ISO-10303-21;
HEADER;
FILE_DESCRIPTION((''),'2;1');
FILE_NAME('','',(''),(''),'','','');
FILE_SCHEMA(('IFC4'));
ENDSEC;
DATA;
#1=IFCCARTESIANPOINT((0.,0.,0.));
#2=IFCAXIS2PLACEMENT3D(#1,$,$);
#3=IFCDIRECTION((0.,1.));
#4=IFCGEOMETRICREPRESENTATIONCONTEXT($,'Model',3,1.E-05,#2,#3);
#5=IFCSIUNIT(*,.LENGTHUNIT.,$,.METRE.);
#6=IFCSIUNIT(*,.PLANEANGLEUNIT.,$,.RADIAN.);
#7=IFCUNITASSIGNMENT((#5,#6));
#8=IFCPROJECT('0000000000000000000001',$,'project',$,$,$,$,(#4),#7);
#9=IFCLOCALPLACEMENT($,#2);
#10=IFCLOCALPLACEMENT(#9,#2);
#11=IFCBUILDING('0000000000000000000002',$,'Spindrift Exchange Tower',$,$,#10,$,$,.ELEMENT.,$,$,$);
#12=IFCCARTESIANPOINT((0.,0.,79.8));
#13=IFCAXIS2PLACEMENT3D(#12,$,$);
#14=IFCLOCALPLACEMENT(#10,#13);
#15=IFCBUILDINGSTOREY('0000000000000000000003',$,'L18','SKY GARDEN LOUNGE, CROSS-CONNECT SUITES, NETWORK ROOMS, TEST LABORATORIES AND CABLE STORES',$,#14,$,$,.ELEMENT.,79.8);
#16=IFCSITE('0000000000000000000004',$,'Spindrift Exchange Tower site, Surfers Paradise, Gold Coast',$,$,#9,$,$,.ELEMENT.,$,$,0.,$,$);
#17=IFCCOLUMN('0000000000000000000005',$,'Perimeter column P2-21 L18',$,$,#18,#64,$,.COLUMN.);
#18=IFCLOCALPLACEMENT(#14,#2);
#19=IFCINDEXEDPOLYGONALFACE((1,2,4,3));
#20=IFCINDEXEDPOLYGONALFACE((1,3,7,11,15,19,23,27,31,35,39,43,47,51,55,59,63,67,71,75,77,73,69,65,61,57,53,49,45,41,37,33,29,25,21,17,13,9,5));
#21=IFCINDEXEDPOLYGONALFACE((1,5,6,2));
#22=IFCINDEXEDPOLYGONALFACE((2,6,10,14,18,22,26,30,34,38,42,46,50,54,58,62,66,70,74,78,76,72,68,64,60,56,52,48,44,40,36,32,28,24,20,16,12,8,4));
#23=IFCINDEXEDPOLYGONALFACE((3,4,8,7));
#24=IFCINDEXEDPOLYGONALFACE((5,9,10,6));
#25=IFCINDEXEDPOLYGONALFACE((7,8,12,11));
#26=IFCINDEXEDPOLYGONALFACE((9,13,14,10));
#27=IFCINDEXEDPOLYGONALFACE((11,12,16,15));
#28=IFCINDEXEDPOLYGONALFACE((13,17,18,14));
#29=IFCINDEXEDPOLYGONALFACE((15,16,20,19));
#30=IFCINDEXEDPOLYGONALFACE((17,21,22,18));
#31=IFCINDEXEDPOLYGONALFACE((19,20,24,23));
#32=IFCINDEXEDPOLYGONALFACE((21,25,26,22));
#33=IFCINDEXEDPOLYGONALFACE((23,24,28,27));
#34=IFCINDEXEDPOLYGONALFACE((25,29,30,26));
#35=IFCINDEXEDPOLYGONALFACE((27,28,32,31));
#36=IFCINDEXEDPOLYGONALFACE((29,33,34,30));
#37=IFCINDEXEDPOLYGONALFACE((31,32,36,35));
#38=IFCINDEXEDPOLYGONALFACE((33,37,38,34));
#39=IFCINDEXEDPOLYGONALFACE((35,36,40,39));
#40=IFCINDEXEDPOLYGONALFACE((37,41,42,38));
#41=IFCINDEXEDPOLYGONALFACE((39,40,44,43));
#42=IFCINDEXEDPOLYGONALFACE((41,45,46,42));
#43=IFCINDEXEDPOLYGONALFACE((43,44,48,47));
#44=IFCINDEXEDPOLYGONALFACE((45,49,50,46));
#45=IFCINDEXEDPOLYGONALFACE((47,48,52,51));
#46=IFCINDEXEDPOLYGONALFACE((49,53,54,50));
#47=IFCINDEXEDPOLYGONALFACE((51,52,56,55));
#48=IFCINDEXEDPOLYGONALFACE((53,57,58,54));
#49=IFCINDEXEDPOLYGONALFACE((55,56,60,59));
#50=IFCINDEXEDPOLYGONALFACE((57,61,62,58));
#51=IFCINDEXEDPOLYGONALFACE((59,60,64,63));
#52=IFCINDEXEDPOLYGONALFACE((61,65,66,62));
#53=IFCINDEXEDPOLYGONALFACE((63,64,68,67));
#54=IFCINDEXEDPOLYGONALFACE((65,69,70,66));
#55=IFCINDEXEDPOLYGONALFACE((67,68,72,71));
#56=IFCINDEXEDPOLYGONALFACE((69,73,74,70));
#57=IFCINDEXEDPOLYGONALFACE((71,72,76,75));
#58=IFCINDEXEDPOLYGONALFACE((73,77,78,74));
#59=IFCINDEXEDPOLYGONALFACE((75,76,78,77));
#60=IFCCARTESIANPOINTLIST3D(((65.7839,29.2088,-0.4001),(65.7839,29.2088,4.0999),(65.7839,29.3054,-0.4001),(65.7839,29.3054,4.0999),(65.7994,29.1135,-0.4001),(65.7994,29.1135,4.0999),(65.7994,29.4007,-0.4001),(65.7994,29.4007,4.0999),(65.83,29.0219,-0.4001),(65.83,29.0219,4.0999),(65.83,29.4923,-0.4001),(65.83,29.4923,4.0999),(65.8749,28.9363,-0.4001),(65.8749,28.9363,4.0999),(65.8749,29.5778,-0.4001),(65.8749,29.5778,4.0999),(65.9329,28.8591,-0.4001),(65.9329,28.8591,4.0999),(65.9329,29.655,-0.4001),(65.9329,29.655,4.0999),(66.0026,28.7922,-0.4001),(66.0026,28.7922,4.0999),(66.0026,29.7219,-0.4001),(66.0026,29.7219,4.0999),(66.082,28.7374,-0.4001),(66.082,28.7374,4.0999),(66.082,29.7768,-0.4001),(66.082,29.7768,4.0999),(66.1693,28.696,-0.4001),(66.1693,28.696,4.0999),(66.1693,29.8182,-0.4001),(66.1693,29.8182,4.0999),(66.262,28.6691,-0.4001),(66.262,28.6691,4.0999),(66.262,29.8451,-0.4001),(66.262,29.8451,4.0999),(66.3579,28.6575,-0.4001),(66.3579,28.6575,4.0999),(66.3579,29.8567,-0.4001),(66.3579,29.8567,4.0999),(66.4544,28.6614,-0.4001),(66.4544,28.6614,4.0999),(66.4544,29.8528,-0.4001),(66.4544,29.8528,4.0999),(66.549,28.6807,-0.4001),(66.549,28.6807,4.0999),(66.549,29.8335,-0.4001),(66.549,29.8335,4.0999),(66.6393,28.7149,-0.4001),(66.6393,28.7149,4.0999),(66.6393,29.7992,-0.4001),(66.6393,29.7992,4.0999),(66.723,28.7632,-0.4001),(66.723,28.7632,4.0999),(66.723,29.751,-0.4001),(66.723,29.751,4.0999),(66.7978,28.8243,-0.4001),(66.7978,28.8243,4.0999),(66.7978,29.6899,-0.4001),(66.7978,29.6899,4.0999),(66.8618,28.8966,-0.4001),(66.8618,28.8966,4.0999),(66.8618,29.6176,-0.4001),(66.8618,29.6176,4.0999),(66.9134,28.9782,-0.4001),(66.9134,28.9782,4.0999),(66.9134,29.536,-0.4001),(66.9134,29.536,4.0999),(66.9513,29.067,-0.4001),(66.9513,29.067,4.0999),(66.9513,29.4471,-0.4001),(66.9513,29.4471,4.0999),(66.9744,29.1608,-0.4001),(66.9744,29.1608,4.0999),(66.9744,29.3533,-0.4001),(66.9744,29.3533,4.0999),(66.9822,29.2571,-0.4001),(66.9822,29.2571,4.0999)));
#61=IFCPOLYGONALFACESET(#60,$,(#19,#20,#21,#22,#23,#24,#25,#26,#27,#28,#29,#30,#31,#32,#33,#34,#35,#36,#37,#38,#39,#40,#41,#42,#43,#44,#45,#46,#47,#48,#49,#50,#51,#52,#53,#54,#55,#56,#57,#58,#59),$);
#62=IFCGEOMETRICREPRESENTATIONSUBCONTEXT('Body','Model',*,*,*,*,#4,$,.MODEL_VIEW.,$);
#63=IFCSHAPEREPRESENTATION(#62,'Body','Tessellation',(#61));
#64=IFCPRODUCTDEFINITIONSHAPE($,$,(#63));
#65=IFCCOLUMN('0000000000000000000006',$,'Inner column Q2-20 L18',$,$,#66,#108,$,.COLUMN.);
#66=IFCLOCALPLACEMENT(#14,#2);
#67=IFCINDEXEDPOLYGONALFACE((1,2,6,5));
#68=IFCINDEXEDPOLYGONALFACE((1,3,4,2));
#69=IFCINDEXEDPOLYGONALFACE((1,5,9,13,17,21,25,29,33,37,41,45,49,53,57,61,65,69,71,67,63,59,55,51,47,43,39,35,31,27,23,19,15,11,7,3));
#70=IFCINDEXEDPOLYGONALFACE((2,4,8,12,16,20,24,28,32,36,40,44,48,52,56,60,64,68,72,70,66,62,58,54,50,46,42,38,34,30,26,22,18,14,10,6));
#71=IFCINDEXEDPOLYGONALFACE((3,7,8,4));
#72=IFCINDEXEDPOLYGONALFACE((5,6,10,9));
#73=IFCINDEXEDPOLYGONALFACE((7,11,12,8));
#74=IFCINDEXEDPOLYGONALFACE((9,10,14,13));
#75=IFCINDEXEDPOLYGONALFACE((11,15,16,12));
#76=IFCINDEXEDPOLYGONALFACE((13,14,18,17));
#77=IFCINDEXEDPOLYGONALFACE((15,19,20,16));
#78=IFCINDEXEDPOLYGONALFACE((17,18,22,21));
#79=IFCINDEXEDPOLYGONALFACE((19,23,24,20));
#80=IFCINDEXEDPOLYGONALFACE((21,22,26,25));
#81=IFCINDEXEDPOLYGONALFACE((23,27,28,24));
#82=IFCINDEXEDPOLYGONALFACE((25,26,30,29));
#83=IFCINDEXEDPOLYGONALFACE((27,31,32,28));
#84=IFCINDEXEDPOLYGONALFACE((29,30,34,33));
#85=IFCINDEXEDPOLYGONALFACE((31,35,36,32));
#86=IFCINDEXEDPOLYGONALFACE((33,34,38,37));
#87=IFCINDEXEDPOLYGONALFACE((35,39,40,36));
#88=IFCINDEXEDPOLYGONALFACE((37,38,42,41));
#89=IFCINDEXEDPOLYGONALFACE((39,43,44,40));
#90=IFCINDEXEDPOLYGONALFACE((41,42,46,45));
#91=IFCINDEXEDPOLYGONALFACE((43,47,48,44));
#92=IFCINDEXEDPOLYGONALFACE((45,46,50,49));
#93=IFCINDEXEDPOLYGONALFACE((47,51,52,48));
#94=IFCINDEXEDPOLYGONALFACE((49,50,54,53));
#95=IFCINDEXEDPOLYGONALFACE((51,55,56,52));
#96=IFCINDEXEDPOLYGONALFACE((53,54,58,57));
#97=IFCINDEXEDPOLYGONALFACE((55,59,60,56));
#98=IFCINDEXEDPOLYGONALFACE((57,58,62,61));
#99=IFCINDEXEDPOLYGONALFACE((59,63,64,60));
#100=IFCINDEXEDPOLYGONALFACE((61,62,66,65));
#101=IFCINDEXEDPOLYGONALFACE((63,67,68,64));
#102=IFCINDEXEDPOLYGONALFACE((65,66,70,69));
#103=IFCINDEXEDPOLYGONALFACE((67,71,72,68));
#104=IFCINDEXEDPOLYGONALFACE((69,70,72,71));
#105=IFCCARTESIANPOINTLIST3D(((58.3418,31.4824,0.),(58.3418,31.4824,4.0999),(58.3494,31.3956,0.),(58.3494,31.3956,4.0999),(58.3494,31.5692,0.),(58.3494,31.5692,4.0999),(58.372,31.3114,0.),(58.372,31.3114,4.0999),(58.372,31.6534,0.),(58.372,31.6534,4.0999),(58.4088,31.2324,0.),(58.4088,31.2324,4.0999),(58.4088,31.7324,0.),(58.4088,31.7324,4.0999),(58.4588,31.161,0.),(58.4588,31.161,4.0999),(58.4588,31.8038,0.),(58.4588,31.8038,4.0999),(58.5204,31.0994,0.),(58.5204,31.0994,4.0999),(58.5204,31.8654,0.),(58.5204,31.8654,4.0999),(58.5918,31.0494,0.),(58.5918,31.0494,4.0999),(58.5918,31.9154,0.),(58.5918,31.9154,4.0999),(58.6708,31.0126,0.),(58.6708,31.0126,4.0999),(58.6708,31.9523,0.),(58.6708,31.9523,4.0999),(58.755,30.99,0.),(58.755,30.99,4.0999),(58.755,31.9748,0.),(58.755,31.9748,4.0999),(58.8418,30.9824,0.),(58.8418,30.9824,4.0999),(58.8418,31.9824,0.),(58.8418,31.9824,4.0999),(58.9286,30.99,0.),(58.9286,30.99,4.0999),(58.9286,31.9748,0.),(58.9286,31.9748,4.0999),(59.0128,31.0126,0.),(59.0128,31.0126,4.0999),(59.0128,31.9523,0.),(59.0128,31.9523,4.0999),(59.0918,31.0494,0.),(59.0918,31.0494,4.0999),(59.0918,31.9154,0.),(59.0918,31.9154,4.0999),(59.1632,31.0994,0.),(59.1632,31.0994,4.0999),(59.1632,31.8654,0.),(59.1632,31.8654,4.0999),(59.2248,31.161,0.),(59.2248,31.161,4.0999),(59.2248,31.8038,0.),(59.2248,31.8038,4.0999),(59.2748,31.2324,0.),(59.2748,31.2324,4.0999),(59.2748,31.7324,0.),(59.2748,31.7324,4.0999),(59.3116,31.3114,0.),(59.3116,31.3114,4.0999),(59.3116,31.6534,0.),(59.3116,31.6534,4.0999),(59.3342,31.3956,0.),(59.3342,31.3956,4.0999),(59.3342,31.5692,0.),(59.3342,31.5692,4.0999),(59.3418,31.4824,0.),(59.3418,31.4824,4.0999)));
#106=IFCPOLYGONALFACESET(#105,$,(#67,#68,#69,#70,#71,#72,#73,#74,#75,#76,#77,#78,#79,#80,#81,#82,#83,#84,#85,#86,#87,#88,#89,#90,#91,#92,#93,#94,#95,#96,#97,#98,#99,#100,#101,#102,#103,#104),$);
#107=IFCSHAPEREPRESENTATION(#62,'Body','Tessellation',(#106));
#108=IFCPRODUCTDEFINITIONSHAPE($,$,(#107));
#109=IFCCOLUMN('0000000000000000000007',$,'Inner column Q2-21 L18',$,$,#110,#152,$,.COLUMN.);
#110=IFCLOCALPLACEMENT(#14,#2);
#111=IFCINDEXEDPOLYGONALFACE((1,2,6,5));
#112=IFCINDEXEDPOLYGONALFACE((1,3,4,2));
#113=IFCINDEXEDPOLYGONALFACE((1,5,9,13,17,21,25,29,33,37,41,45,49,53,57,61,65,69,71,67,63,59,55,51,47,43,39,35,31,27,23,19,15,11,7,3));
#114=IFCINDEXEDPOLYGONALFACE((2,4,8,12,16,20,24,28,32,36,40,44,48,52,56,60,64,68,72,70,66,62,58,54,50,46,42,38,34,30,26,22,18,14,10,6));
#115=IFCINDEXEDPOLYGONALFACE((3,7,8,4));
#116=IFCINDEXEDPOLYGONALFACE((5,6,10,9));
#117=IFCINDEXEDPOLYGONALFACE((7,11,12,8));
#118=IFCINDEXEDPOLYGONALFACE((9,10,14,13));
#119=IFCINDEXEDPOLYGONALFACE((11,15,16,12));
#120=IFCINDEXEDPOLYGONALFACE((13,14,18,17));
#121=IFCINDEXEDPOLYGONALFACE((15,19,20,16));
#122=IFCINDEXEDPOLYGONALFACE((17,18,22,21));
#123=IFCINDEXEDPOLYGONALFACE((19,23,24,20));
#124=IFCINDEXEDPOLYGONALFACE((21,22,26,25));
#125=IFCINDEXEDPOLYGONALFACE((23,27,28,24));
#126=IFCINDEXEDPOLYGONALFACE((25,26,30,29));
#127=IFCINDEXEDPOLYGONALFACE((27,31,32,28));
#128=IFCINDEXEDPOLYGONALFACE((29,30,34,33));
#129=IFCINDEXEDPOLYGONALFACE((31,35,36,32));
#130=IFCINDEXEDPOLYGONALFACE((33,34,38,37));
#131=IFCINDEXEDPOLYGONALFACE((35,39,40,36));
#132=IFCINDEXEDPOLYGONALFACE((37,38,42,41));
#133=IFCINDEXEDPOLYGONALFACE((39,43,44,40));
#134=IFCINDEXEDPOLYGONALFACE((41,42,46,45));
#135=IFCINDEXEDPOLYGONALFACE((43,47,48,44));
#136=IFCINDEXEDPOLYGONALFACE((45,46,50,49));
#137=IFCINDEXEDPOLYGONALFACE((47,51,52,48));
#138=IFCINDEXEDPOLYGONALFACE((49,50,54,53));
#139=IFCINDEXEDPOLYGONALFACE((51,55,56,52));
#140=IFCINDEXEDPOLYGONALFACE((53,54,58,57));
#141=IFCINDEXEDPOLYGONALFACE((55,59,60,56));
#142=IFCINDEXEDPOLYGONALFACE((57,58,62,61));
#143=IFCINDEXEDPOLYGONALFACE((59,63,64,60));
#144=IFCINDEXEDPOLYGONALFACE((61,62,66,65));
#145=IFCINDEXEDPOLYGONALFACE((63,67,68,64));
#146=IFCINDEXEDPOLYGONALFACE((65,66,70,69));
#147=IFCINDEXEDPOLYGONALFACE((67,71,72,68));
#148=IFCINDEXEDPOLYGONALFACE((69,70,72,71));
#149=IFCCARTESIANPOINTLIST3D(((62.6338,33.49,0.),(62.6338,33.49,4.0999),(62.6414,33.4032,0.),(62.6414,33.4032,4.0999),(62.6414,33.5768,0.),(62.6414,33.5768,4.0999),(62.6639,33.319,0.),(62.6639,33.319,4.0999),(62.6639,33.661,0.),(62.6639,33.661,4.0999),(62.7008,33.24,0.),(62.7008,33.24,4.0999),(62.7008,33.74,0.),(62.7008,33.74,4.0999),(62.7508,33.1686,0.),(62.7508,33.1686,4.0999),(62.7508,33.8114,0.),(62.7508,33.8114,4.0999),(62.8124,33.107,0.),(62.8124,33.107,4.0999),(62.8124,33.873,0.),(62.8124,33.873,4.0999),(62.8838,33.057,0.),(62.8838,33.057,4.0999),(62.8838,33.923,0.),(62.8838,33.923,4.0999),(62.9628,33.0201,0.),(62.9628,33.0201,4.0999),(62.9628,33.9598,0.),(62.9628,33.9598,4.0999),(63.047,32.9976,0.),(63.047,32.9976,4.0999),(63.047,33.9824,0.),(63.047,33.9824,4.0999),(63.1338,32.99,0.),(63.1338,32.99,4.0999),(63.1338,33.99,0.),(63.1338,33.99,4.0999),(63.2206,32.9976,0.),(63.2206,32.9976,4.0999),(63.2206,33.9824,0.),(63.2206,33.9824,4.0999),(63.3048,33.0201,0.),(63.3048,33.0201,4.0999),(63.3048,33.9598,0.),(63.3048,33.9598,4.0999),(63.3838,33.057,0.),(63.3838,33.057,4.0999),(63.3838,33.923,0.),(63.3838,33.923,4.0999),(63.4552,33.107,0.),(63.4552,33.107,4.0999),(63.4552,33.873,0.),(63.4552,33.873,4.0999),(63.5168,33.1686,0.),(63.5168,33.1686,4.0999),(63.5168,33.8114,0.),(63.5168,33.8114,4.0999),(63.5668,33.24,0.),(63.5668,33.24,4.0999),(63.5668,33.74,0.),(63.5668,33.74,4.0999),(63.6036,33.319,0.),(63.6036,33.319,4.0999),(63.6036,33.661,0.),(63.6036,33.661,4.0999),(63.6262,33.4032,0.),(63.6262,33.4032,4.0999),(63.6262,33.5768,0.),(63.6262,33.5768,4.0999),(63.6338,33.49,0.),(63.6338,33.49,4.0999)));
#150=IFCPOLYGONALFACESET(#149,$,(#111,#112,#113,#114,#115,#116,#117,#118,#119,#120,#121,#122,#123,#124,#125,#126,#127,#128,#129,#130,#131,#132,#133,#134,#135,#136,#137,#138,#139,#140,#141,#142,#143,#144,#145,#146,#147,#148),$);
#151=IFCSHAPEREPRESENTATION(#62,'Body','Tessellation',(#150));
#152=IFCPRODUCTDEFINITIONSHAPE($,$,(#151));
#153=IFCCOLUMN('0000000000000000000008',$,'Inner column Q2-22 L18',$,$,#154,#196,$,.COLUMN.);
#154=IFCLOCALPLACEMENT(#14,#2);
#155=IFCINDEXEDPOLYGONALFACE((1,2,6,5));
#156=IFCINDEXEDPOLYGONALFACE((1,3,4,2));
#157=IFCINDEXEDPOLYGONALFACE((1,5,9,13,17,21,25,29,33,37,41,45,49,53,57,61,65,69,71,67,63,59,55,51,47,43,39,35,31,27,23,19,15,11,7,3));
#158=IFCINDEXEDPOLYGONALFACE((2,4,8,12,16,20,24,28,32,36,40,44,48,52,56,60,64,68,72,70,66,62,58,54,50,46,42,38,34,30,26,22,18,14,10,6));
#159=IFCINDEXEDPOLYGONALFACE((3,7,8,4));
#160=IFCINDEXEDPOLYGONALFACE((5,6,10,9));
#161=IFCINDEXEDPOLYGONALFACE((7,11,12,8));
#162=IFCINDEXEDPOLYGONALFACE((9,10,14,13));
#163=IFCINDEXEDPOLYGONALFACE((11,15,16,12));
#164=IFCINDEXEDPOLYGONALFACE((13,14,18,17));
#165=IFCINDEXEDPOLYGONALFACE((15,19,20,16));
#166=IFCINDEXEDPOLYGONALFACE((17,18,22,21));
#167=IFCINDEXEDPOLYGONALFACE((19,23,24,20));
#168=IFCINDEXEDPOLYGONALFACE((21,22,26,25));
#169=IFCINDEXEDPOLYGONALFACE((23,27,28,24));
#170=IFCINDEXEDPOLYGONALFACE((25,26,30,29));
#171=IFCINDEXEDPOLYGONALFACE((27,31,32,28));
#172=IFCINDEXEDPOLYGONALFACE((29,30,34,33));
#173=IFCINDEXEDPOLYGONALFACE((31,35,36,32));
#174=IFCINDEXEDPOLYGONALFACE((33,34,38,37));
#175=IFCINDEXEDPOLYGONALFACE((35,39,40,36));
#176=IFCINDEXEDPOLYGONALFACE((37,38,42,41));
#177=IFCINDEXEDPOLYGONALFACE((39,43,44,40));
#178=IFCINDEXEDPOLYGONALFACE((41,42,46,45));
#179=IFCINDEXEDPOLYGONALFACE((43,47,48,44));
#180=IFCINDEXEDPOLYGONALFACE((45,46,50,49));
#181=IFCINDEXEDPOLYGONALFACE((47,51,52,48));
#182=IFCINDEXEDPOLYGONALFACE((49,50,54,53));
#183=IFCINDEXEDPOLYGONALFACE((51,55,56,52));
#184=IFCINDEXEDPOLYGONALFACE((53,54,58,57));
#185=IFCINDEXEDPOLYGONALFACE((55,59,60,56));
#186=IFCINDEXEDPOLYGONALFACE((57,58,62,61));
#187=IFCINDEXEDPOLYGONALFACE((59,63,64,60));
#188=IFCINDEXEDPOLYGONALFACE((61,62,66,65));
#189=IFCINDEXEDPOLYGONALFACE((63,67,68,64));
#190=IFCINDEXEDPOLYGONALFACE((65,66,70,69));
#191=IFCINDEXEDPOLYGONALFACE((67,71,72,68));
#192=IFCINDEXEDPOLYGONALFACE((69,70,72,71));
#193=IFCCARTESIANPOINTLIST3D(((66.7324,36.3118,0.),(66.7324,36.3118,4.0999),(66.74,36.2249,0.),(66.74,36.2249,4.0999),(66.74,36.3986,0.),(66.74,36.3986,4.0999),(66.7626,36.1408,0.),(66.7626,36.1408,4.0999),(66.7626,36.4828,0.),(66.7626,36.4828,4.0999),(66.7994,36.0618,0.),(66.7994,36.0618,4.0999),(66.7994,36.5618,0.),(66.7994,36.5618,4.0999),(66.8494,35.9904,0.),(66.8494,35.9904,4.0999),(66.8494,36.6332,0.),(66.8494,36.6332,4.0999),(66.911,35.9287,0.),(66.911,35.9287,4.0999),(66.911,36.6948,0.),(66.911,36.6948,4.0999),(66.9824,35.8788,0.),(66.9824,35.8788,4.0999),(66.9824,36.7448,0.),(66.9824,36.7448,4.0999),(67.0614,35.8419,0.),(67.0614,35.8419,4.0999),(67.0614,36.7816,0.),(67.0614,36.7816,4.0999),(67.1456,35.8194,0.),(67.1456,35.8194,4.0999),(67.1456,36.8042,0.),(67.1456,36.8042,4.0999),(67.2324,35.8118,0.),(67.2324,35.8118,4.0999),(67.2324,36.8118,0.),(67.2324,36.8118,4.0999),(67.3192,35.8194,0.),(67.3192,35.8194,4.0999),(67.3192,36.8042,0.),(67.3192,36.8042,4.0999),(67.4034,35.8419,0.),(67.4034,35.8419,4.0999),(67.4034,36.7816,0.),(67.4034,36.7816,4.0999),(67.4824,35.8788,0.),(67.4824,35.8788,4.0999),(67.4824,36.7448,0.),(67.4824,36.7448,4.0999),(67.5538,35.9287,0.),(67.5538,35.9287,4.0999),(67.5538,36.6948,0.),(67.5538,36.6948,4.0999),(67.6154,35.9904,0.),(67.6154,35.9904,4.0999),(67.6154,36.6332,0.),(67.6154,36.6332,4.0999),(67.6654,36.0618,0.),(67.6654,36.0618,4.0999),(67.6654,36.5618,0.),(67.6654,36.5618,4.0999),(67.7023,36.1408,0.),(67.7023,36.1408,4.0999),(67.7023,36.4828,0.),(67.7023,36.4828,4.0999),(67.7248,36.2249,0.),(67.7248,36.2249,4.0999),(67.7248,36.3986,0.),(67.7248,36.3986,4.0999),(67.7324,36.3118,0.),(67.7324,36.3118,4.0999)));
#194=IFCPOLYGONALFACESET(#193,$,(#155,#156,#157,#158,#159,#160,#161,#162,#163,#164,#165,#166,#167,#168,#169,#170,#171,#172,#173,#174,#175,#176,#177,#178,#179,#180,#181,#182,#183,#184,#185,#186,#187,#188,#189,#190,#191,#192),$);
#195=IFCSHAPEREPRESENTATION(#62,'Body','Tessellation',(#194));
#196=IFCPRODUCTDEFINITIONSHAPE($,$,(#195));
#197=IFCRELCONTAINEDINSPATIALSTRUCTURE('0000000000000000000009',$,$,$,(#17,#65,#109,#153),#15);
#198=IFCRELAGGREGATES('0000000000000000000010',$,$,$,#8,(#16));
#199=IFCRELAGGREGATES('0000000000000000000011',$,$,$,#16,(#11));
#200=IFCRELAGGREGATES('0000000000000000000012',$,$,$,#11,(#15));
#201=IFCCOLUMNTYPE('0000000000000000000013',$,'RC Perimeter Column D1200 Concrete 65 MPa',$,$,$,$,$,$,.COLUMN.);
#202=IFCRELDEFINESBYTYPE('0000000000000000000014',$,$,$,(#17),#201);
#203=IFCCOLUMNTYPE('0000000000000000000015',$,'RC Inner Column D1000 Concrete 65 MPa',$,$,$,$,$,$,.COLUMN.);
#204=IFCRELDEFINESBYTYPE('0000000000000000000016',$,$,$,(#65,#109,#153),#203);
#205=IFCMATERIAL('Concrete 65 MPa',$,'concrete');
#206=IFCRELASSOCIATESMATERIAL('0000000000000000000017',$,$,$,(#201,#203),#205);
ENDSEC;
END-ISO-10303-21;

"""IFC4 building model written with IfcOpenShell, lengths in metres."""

from ifc_helpers import new_model, si_unit, direction, frame, origin, origin_2d, place, context, subcontext, project, spatial, circle, extrude, source, transform, mapped, material, material_profile, profile_set, type_object, element, save


model = new_model("IFC4")

# Units and contexts
model_context = context("Model", 3, precision=1e-05, world=origin(), true_north=direction((0.0, 1.0)))
body_context = subcontext(model_context, "Body", "Model", "MODEL_VIEW")
ifc_project = project(units=[si_unit("LENGTHUNIT", "METRE"), si_unit("PLANEANGLEUNIT", "RADIAN")], contexts=[model_context])

# Site, building, storey
site_placement = place(None, origin())
site = spatial("IfcSite", under=ifc_project, at=site_placement, Name="Spindrift Exchange Tower site, Surfers Paradise, Gold Coast", CompositionType="ELEMENT", RefElevation=0.0)
building_placement = place(site_placement, origin())
building = spatial("IfcBuilding", under=site, at=building_placement, Name="Spindrift Exchange Tower", CompositionType="ELEMENT")
storey_placement = place(building_placement, frame((0.0, 0.0, 79.8)))
storey = spatial("IfcBuildingStorey", under=building, at=storey_placement, Name="L18", Description="SKY GARDEN LOUNGE, CROSS-CONNECT SUITES, NETWORK ROOMS, TEST LABORATORIES AND CABLE STORES", CompositionType="ELEMENT", Elevation=79.8)

# Columns
ifc_material_1 = material(Name="Concrete 65 MPa", Category="concrete")
ifc_material_profile_1 = material_profile(ifc_material_1, circle(Radius=0.6001, at=origin_2d()), Name="RC D1200")
ifc_profile_set_1 = profile_set([ifc_material_profile_1], Name="Concrete 65 MPa")
column_type_1 = type_object("IfcColumnType", Name="RC Perimeter Column D1200 Concrete 65 MPa", PredefinedType="COLUMN", material=ifc_profile_set_1)
shared_shape_1 = source(origin(), body_context, "Body", "SweptSolid", [
    extrude(circle(Radius=0.6001, at=origin_2d()), origin(), (0.0, 0.0, 1.0), 4.5),
])
column_placement = place(storey_placement, frame((66.3821, 29.2571, -0.4001), z_axis=(0.0, 0.0, 1.0), x_axis=(1.0, 0.0, 0.0)))
element("IfcColumn", 1, at=column_placement, inside=storey, type_object=column_type_1, Name="Perimeter column P2-21 L18", PredefinedType="COLUMN", context=body_context, shape_type="MappedRepresentation", body=[
    mapped(shared_shape_1, transform((0.0, 0.0, 0.0), scale=1.0)),
])
ifc_material_profile_2 = material_profile(ifc_material_1, circle(Radius=0.5, at=origin_2d()), Name="RC D1000")
ifc_profile_set_2 = profile_set([ifc_material_profile_2], Name="Concrete 65 MPa")
column_type_2 = type_object("IfcColumnType", Name="RC Inner Column D1000 Concrete 65 MPa", PredefinedType="COLUMN", material=ifc_profile_set_2)
shared_shape_2 = source(origin(), body_context, "Body", "SweptSolid", [
    extrude(circle(Radius=0.5, at=origin_2d()), origin(), (0.0, 0.0, 1.0), 4.0999),
])
for number, where, z_axis, x_axis, name in (
    (2, (58.8418, 31.4824, 0.0), (0.0, 0.0, 1.0), (1.0, 0.0, 0.0), "Inner column Q2-20 L18"),
    (3, (63.1338, 33.49, 0.0), (0.0, 0.0, 1.0), (1.0, 0.0, 0.0), "Inner column Q2-21 L18"),
    (4, (67.2324, 36.3118, 0.0), (0.0, 0.0, 1.0), (1.0, 0.0, 0.0), "Inner column Q2-22 L18"),
):
    element("IfcColumn", number, at=place(storey_placement, frame(where, z_axis=z_axis, x_axis=x_axis)), inside=storey, type_object=column_type_2, Name=name, PredefinedType="COLUMN", context=body_context, shape_type="MappedRepresentation", body=[
        mapped(shared_shape_2, transform((0.0, 0.0, 0.0), scale=1.0)),
    ])

save(model, "model.ifc")
